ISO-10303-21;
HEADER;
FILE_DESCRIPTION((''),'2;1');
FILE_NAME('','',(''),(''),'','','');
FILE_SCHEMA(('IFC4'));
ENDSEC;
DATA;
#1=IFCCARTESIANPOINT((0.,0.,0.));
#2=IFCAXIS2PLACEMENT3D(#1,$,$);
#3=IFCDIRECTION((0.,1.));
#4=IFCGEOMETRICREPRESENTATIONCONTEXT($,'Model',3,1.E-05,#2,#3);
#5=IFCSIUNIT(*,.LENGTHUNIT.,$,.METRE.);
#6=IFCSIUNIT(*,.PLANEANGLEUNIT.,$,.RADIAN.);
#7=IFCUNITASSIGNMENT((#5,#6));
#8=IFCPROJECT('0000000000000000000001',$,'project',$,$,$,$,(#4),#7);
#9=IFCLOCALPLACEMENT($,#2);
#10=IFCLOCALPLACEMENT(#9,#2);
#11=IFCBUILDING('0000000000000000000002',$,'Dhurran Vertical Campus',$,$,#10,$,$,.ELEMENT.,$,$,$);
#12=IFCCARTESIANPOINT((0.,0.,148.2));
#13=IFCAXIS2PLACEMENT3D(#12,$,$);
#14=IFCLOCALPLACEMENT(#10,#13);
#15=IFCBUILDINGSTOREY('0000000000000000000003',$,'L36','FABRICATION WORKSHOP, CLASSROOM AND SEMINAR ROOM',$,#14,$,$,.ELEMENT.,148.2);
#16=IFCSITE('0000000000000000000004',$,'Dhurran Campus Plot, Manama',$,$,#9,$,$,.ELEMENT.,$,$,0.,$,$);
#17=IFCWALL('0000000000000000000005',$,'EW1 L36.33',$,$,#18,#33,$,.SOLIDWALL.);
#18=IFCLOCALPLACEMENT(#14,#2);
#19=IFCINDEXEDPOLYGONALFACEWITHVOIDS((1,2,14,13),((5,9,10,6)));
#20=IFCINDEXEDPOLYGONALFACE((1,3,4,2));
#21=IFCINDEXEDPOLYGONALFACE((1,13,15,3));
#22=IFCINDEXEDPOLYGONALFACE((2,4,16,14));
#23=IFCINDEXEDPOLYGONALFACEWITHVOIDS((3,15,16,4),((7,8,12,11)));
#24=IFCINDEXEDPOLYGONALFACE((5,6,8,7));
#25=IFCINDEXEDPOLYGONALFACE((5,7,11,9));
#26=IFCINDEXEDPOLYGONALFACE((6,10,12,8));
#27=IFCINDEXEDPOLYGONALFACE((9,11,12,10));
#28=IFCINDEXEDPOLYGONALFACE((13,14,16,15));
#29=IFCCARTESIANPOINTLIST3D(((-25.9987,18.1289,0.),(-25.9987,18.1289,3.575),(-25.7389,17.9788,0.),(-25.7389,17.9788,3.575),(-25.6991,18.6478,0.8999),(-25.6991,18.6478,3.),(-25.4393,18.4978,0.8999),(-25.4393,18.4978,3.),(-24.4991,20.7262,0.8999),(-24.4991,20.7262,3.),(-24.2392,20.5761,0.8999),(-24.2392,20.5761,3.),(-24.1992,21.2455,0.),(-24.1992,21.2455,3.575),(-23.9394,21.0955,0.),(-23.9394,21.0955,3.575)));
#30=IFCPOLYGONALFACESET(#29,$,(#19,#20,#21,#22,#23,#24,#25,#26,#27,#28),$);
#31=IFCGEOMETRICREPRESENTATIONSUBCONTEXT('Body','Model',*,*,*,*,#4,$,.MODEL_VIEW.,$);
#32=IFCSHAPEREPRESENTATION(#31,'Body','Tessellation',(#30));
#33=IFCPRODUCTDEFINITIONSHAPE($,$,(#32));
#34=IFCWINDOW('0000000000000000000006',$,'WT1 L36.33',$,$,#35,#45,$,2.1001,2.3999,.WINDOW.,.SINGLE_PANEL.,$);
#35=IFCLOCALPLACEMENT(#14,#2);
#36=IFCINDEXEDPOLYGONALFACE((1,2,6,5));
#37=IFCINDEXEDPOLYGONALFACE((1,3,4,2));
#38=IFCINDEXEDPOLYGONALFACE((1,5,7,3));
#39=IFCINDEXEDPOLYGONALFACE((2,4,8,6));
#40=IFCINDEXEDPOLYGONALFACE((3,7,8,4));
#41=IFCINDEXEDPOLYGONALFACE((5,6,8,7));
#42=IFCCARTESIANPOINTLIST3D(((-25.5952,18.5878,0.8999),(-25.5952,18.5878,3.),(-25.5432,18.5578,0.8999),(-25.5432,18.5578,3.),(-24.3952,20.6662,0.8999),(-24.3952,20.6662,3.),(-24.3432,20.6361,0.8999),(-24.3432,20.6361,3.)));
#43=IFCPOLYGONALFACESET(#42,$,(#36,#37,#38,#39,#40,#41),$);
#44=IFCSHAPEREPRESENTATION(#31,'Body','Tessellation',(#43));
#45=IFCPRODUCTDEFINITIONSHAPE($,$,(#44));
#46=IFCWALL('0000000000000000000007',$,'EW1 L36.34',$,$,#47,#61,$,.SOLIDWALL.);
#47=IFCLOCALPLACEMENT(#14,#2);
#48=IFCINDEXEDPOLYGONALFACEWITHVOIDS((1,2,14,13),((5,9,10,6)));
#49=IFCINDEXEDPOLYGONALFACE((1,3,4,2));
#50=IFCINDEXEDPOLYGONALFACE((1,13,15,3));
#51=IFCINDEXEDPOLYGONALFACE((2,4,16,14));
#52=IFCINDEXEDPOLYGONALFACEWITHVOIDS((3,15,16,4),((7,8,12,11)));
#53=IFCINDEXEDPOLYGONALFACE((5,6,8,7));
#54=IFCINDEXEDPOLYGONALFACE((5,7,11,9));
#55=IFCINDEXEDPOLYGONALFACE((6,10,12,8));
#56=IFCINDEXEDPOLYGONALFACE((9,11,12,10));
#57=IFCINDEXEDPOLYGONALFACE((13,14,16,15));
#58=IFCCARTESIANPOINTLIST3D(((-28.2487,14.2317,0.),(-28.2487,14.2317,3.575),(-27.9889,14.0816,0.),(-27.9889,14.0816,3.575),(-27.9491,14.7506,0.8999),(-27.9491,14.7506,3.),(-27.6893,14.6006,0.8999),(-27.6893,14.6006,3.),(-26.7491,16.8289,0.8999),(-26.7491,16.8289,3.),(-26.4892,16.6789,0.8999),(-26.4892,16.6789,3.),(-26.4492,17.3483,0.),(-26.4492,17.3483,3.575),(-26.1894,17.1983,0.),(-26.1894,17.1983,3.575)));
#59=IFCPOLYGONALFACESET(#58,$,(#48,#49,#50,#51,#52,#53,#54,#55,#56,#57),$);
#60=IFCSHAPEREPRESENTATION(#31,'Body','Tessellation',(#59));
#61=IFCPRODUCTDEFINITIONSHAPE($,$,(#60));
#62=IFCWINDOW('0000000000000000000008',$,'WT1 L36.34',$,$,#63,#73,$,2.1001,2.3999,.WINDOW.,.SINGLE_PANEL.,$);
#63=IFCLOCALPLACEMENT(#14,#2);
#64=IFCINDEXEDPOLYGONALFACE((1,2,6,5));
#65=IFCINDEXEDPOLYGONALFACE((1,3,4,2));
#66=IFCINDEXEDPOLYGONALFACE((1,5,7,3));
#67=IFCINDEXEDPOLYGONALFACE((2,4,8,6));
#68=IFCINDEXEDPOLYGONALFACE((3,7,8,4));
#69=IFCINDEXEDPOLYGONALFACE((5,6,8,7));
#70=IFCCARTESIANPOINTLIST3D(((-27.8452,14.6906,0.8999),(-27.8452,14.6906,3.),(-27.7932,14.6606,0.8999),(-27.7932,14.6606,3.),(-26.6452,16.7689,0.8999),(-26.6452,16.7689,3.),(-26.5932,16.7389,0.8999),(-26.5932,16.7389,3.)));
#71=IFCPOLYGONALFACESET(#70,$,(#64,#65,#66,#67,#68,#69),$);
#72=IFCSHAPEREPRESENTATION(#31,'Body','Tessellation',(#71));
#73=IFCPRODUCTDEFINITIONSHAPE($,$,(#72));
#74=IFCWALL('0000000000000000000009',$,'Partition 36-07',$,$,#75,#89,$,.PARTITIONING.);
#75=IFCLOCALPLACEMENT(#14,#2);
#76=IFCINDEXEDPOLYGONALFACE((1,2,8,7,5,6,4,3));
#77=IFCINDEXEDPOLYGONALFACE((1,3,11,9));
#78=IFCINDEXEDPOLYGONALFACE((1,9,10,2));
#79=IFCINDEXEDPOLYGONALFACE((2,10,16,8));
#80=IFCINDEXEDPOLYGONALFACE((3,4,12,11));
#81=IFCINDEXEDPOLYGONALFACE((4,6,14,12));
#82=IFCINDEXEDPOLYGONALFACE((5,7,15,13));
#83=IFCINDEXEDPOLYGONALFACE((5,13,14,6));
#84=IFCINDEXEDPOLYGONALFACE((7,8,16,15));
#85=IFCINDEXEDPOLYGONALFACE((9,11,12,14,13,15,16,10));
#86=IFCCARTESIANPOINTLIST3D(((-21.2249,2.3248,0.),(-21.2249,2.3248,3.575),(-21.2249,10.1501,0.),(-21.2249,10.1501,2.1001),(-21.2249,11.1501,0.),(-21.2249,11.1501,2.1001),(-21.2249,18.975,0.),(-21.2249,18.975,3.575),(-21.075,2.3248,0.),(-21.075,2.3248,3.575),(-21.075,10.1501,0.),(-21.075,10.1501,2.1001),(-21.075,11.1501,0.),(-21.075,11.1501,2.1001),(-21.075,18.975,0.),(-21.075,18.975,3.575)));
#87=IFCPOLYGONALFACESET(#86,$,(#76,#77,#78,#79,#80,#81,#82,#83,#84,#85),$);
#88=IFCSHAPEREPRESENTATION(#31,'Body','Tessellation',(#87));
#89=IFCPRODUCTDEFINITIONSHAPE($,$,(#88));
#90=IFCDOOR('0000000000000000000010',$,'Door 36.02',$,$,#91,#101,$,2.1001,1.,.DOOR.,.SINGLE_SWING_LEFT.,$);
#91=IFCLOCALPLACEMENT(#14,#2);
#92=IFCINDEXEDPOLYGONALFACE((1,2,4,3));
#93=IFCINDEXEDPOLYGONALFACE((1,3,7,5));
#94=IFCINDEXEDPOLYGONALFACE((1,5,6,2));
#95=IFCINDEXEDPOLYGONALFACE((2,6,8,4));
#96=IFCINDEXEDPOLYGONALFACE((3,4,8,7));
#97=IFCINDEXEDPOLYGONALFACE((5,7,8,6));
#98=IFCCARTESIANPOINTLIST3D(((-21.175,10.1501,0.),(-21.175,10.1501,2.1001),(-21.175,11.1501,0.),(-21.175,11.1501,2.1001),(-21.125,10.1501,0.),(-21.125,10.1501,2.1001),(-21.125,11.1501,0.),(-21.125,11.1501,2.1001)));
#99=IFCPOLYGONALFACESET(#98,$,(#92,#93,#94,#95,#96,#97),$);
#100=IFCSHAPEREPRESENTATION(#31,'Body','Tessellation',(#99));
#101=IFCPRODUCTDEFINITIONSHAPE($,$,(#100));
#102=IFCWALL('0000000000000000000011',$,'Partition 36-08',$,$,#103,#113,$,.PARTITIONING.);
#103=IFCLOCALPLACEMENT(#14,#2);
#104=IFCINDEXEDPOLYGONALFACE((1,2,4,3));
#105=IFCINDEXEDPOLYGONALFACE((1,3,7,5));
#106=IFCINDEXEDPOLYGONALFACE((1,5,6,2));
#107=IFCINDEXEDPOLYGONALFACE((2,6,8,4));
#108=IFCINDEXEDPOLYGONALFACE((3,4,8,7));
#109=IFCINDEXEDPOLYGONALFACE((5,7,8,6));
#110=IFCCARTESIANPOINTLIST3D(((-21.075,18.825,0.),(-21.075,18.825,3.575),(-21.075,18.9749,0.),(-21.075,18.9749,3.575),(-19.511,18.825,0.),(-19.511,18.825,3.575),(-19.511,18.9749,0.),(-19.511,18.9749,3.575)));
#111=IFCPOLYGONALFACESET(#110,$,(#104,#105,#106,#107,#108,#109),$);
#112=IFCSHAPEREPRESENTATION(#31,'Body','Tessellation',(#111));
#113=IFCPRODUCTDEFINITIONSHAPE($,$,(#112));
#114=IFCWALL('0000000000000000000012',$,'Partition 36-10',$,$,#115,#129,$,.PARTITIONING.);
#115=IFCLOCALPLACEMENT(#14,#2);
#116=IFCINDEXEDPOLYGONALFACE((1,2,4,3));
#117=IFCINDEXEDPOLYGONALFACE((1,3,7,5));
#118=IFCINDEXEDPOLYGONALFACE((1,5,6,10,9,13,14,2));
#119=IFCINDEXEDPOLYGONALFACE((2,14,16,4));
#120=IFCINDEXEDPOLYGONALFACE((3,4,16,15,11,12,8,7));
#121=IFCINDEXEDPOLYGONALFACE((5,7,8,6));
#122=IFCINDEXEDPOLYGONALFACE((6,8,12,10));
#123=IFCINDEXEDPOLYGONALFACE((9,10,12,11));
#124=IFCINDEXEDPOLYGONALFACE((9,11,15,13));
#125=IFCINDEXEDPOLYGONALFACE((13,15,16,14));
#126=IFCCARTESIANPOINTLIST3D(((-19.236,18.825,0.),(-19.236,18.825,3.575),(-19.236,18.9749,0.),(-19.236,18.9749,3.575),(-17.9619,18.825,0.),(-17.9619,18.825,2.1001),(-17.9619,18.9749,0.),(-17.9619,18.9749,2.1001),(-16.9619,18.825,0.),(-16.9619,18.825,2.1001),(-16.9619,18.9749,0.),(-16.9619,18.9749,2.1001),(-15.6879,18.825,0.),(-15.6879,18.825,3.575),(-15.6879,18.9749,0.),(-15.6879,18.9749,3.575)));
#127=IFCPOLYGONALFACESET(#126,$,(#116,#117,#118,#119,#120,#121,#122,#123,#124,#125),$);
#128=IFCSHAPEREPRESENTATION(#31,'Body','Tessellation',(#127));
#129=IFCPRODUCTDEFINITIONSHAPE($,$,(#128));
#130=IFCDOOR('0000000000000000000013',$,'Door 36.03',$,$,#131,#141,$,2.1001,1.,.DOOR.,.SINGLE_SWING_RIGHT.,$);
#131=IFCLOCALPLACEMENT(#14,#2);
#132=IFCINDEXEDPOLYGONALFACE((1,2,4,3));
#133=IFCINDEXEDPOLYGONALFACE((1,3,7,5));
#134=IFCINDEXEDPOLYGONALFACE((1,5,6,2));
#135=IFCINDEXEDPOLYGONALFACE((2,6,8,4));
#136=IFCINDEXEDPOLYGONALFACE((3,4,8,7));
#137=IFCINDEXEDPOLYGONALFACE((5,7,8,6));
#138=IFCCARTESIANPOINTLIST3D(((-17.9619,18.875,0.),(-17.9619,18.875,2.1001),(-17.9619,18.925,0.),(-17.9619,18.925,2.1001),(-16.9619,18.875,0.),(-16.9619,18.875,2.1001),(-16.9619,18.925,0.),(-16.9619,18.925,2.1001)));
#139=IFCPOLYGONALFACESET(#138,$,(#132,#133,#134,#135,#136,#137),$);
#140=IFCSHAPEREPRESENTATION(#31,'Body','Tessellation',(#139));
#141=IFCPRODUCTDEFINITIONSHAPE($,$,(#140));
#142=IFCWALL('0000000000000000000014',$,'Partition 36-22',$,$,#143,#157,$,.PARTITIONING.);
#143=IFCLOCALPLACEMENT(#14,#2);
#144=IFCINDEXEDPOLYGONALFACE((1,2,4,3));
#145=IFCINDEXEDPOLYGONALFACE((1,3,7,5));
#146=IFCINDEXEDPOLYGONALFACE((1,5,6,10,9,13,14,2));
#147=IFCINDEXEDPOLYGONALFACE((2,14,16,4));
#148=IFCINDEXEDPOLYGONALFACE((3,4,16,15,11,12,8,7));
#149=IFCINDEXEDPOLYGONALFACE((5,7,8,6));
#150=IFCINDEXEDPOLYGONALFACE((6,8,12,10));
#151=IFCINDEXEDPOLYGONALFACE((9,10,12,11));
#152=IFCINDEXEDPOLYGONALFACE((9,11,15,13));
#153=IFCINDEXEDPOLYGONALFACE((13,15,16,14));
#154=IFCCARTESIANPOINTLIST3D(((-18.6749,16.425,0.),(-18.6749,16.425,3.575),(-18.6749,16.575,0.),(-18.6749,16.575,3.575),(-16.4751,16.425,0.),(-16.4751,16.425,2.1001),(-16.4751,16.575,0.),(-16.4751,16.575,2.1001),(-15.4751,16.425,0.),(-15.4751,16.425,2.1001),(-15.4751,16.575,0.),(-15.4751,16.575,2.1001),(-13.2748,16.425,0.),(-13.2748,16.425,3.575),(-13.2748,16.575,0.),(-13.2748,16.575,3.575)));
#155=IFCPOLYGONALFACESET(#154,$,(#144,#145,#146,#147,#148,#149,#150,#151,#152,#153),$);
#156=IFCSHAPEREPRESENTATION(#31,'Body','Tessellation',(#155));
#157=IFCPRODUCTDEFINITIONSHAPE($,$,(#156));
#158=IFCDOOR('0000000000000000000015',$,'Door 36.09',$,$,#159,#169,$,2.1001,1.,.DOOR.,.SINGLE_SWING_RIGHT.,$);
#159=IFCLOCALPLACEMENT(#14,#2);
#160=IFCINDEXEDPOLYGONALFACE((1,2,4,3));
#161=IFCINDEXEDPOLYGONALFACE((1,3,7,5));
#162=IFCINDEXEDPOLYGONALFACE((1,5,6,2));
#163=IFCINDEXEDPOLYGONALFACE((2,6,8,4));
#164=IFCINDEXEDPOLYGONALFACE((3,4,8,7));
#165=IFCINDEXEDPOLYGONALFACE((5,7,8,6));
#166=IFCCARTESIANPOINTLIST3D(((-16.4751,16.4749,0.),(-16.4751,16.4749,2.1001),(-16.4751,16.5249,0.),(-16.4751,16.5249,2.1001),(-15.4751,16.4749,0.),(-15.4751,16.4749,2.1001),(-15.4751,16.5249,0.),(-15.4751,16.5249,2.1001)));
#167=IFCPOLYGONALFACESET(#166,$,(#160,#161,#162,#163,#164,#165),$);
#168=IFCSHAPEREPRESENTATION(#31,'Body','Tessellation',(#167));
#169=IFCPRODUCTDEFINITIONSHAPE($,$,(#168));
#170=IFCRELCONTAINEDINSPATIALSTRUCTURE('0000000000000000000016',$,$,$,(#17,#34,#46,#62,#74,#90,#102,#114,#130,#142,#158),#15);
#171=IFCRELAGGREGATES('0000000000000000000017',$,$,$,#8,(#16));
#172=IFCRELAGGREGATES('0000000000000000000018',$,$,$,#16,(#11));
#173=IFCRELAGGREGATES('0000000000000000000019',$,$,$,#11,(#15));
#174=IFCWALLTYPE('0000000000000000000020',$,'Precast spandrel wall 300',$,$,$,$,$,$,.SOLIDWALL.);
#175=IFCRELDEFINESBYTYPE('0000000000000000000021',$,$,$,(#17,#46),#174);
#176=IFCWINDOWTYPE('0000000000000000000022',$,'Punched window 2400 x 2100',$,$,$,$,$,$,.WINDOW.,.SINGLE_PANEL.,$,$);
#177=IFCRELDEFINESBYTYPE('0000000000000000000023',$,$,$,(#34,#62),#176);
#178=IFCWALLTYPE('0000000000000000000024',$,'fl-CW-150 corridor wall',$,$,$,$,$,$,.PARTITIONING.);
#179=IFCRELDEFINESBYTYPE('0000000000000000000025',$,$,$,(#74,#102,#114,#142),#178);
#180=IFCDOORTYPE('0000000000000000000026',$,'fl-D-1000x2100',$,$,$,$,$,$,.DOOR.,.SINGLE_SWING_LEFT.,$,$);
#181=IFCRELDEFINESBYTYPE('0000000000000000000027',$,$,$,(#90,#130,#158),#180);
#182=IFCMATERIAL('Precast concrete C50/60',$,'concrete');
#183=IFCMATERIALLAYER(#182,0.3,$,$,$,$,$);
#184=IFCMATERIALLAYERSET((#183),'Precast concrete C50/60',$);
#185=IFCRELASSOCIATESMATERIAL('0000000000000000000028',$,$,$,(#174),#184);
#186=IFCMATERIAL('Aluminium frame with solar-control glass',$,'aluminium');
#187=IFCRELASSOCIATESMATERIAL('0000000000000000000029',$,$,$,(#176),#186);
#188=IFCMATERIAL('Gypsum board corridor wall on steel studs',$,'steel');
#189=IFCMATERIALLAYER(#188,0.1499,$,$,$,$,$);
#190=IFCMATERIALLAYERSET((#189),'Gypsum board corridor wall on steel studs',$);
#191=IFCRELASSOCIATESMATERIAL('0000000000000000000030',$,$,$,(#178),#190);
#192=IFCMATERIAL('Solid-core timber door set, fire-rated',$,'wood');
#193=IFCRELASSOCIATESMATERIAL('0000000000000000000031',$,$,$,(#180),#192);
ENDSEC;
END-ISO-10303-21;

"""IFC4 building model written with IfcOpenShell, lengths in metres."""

from ifc_helpers import new_model, si_unit, direction, frame, frame_2d, origin, place, context, subcontext, project, spatial, rectangle, extrude, material, layer, layer_set, type_object, element, fill, save


model = new_model("IFC4")

# Units and contexts
model_context = context("Model", 3, precision=1e-05, world=origin(), true_north=direction((0.0, 1.0)))
body_context = subcontext(model_context, "Body", "Model", "MODEL_VIEW")
ifc_project = project(units=[si_unit("LENGTHUNIT", "METRE"), si_unit("PLANEANGLEUNIT", "RADIAN")], contexts=[model_context])

# Site, building, storey
site_placement = place(None, origin())
site = spatial("IfcSite", under=ifc_project, at=site_placement, Name="Dhurran Campus Plot, Manama", CompositionType="ELEMENT", RefElevation=0.0)
building_placement = place(site_placement, origin())
building = spatial("IfcBuilding", under=site, at=building_placement, Name="Dhurran Vertical Campus", CompositionType="ELEMENT")
storey_placement = place(building_placement, frame((0.0, 0.0, 148.2)))
storey = spatial("IfcBuildingStorey", under=building, at=storey_placement, Name="L36", Description="FABRICATION WORKSHOP, CLASSROOM AND SEMINAR ROOM", CompositionType="ELEMENT", Elevation=148.2)

# Walls, openings, windows
ifc_material_1 = material(Name="Precast concrete C50/60", Category="concrete")
ifc_layer_1 = layer(ifc_material_1, 0.3)
ifc_layer_set_1 = layer_set([ifc_layer_1], Name="Precast concrete C50/60")
wall_type_1 = type_object("IfcWallType", Name="Precast spandrel wall 300", PredefinedType="SOLIDWALL", material=ifc_layer_set_1)
ifc_material_2 = material(Name="Aluminium frame with solar-control glass", Category="aluminium")
window_type = type_object("IfcWindowType", Name="Punched window 2400 x 2100", PartitioningType="SINGLE_PANEL", PredefinedType="WINDOW", material=ifc_material_2)
wall_1_placement = place(storey_placement, frame((-24.0693, 21.1704, 0.0), z_axis=(0.0, 0.0, 1.0), x_axis=(-0.500028, -0.866009, 0.0)))
wall_1 = element("IfcWall", 1, at=wall_1_placement, inside=storey, type_object=wall_type_1, Name="EW1 L36.33", PredefinedType="SOLIDWALL", context=body_context, shape_type="SweptSolid", body=[
    extrude(rectangle(XDim=3.5989, YDim=0.3, at=frame_2d((1.7993, 0.0))), origin(), (0.0, 0.0, 1.0), 3.575),
])
opening_1_placement = place(wall_1_placement, frame((0.5996, 0.0, 0.8999)))
opening_1 = element("IfcOpeningElement", 2, at=opening_1_placement, cuts=wall_1, PredefinedType="OPENING", context=body_context, shape_type="SweptSolid", body=[
    extrude(rectangle(XDim=2.3999, YDim=2.1001, at=frame_2d((1.2, 1.05))), frame((0.0, 0.1599, 0.0), z_axis=(0.0, -1.0, 0.0), x_axis=(1.0, 0.0, 0.0)), (0.0, 0.0, 1.0), 0.3201),
])
window_1_placement = place(opening_1_placement, origin())
window_1 = element("IfcWindow", 3, at=window_1_placement, inside=storey, type_object=window_type, Name="WT1 L36.33", OverallHeight=2.1001, OverallWidth=2.3999, PartitioningType="SINGLE_PANEL", PredefinedType="WINDOW", context=body_context, shape_type="SweptSolid", body=[
    extrude(rectangle(XDim=2.3999, YDim=2.1001, at=frame_2d((1.2, 1.05))), frame((0.0, 0.03, 0.0), z_axis=(0.0, -1.0, 0.0), x_axis=(1.0, 0.0, 0.0)), (0.0, 0.0, 1.0), 0.0601),
])
fill(opening_1, window_1)
wall_2_placement = place(storey_placement, frame((-26.3193, 17.2732, 0.0), z_axis=(0.0, 0.0, 1.0), x_axis=(-0.500028, -0.866009, 0.0)))
wall_2 = element("IfcWall", 4, at=wall_2_placement, inside=storey, type_object=wall_type_1, Name="EW1 L36.34", PredefinedType="SOLIDWALL", context=body_context, shape_type="SweptSolid", body=[
    extrude(rectangle(XDim=3.5989, YDim=0.3, at=frame_2d((1.7993, 0.0))), origin(), (0.0, 0.0, 1.0), 3.575),
])
opening_2_placement = place(wall_2_placement, frame((0.5996, 0.0, 0.8999)))
opening_2 = element("IfcOpeningElement", 5, at=opening_2_placement, cuts=wall_2, PredefinedType="OPENING", context=body_context, shape_type="SweptSolid", body=[
    extrude(rectangle(XDim=2.3999, YDim=2.1001, at=frame_2d((1.2, 1.05))), frame((0.0, 0.1599, 0.0), z_axis=(0.0, -1.0, 0.0), x_axis=(1.0, 0.0, 0.0)), (0.0, 0.0, 1.0), 0.3201),
])
window_2_placement = place(opening_2_placement, origin())
window_2 = element("IfcWindow", 6, at=window_2_placement, inside=storey, type_object=window_type, Name="WT1 L36.34", OverallHeight=2.1001, OverallWidth=2.3999, PartitioningType="SINGLE_PANEL", PredefinedType="WINDOW", context=body_context, shape_type="SweptSolid", body=[
    extrude(rectangle(XDim=2.3999, YDim=2.1001, at=frame_2d((1.2, 1.05))), frame((0.0, 0.03, 0.0), z_axis=(0.0, -1.0, 0.0), x_axis=(1.0, 0.0, 0.0)), (0.0, 0.0, 1.0), 0.0601),
])
fill(opening_2, window_2)

# Wall, opening, door
ifc_material_3 = material(Name="Gypsum board corridor wall on steel studs", Category="steel")
ifc_layer_2 = layer(ifc_material_3, 0.1499)
ifc_layer_set_2 = layer_set([ifc_layer_2], Name="Gypsum board corridor wall on steel studs")
wall_type_2 = type_object("IfcWallType", Name="fl-CW-150 corridor wall", PredefinedType="PARTITIONING", material=ifc_layer_set_2)
wall_3_placement = place(storey_placement, frame((-21.1499, 18.9751, 0.0), z_axis=(0.0, 0.0, 1.0), x_axis=(0.0, -1.0, 0.0)))
wall_3 = element("IfcWall", 7, at=wall_3_placement, inside=storey, type_object=wall_type_2, Name="Partition 36-07", PredefinedType="PARTITIONING", context=body_context, shape_type="SweptSolid", body=[
    extrude(rectangle(XDim=16.6501, YDim=0.1499, at=frame_2d((8.3252, 0.0))), origin(), (0.0, 0.0, 1.0), 3.575),
])
opening_3_placement = place(wall_3_placement, frame((7.825, 0.0, 0.0)))
opening_3 = element("IfcOpeningElement", 8, at=opening_3_placement, cuts=wall_3, PredefinedType="OPENING", context=body_context, shape_type="SweptSolid", body=[
    extrude(rectangle(XDim=1.0, YDim=2.1001, at=frame_2d((0.5, 1.05))), frame((0.0, 0.085, 0.0), z_axis=(0.0, -1.0, 0.0), x_axis=(1.0, 0.0, 0.0)), (0.0, 0.0, 1.0), 0.1699),
])
ifc_material_4 = material(Name="Solid-core timber door set, fire-rated", Category="wood")
door_type = type_object("IfcDoorType", Name="fl-D-1000x2100", OperationType="SINGLE_SWING_LEFT", PredefinedType="DOOR", material=ifc_material_4)
door_1_placement = place(opening_3_placement, origin())
door_1 = element("IfcDoor", 9, at=door_1_placement, inside=storey, type_object=door_type, Name="Door 36.02", OperationType="SINGLE_SWING_LEFT", OverallHeight=2.1001, OverallWidth=1.0, PredefinedType="DOOR", context=body_context, shape_type="SweptSolid", body=[
    extrude(rectangle(XDim=1.0, YDim=2.1001, at=frame_2d((0.5, 1.05))), frame((0.0, 0.0249, 0.0), z_axis=(0.0, -1.0, 0.0), x_axis=(1.0, 0.0, 0.0)), (0.0, 0.0, 1.0), 0.05),
])
fill(opening_3, door_1)

# Wall
wall_4_placement = place(storey_placement, frame((-19.511, 18.8999, 0.0), z_axis=(0.0, 0.0, 1.0), x_axis=(-1.0, 0.0, 0.0)))
element("IfcWall", 10, at=wall_4_placement, inside=storey, type_object=wall_type_2, Name="Partition 36-08", PredefinedType="PARTITIONING", context=body_context, shape_type="SweptSolid", body=[
    extrude(rectangle(XDim=1.564, YDim=0.1499, at=frame_2d((0.782, 0.0))), origin(), (0.0, 0.0, 1.0), 3.575),
])

# Walls, openings, doors
wall_5_placement = place(storey_placement, frame((-15.688, 18.8999, 0.0), z_axis=(0.0, 0.0, 1.0), x_axis=(-1.0, 0.0, 0.0)))
wall_5 = element("IfcWall", 11, at=wall_5_placement, inside=storey, type_object=wall_type_2, Name="Partition 36-10", PredefinedType="PARTITIONING", context=body_context, shape_type="SweptSolid", body=[
    extrude(rectangle(XDim=3.5481, YDim=0.1499, at=frame_2d((1.7739, 0.0))), origin(), (0.0, 0.0, 1.0), 3.575),
])
opening_4_placement = place(wall_5_placement, frame((1.2739, 0.0, 0.0)))
opening_4 = element("IfcOpeningElement", 12, at=opening_4_placement, cuts=wall_5, PredefinedType="OPENING", context=body_context, shape_type="SweptSolid", body=[
    extrude(rectangle(XDim=1.0, YDim=2.1001, at=frame_2d((0.5, 1.05))), frame((0.0, 0.085, 0.0), z_axis=(0.0, -1.0, 0.0), x_axis=(1.0, 0.0, 0.0)), (0.0, 0.0, 1.0), 0.1699),
])
door_2_placement = place(opening_4_placement, origin())
door_2 = element("IfcDoor", 13, at=door_2_placement, inside=storey, type_object=door_type, Name="Door 36.03", OperationType="SINGLE_SWING_RIGHT", OverallHeight=2.1001, OverallWidth=1.0, PredefinedType="DOOR", context=body_context, shape_type="SweptSolid", body=[
    extrude(rectangle(XDim=1.0, YDim=2.1001, at=frame_2d((0.5, 1.05))), frame((0.0, 0.0249, 0.0), z_axis=(0.0, -1.0, 0.0), x_axis=(1.0, 0.0, 0.0)), (0.0, 0.0, 1.0), 0.05),
])
fill(opening_4, door_2)
wall_6_placement = place(storey_placement, frame((-18.675, 16.5, 0.0), z_axis=(0.0, 0.0, 1.0), x_axis=(1.0, 0.0, 0.0)))
wall_6 = element("IfcWall", 14, at=wall_6_placement, inside=storey, type_object=wall_type_2, Name="Partition 36-22", PredefinedType="PARTITIONING", context=body_context, shape_type="SweptSolid", body=[
    extrude(rectangle(XDim=5.4001, YDim=0.1499, at=frame_2d((2.7002, 0.0))), origin(), (0.0, 0.0, 1.0), 3.575),
])
opening_5_placement = place(wall_6_placement, frame((2.2, 0.0, 0.0)))
opening_5 = element("IfcOpeningElement", 15, at=opening_5_placement, cuts=wall_6, PredefinedType="OPENING", context=body_context, shape_type="SweptSolid", body=[
    extrude(rectangle(XDim=1.0, YDim=2.1001, at=frame_2d((0.5, 1.05))), frame((0.0, 0.085, 0.0), z_axis=(0.0, -1.0, 0.0), x_axis=(1.0, 0.0, 0.0)), (0.0, 0.0, 1.0), 0.1699),
])
door_3_placement = place(opening_5_placement, origin())
door_3 = element("IfcDoor", 16, at=door_3_placement, inside=storey, type_object=door_type, Name="Door 36.09", OperationType="SINGLE_SWING_RIGHT", OverallHeight=2.1001, OverallWidth=1.0, PredefinedType="DOOR", context=body_context, shape_type="SweptSolid", body=[
    extrude(rectangle(XDim=1.0, YDim=2.1001, at=frame_2d((0.5, 1.05))), frame((0.0, 0.0249, 0.0), z_axis=(0.0, -1.0, 0.0), x_axis=(1.0, 0.0, 0.0)), (0.0, 0.0, 1.0), 0.05),
])
fill(opening_5, door_3)

save(model, "model.ifc")
